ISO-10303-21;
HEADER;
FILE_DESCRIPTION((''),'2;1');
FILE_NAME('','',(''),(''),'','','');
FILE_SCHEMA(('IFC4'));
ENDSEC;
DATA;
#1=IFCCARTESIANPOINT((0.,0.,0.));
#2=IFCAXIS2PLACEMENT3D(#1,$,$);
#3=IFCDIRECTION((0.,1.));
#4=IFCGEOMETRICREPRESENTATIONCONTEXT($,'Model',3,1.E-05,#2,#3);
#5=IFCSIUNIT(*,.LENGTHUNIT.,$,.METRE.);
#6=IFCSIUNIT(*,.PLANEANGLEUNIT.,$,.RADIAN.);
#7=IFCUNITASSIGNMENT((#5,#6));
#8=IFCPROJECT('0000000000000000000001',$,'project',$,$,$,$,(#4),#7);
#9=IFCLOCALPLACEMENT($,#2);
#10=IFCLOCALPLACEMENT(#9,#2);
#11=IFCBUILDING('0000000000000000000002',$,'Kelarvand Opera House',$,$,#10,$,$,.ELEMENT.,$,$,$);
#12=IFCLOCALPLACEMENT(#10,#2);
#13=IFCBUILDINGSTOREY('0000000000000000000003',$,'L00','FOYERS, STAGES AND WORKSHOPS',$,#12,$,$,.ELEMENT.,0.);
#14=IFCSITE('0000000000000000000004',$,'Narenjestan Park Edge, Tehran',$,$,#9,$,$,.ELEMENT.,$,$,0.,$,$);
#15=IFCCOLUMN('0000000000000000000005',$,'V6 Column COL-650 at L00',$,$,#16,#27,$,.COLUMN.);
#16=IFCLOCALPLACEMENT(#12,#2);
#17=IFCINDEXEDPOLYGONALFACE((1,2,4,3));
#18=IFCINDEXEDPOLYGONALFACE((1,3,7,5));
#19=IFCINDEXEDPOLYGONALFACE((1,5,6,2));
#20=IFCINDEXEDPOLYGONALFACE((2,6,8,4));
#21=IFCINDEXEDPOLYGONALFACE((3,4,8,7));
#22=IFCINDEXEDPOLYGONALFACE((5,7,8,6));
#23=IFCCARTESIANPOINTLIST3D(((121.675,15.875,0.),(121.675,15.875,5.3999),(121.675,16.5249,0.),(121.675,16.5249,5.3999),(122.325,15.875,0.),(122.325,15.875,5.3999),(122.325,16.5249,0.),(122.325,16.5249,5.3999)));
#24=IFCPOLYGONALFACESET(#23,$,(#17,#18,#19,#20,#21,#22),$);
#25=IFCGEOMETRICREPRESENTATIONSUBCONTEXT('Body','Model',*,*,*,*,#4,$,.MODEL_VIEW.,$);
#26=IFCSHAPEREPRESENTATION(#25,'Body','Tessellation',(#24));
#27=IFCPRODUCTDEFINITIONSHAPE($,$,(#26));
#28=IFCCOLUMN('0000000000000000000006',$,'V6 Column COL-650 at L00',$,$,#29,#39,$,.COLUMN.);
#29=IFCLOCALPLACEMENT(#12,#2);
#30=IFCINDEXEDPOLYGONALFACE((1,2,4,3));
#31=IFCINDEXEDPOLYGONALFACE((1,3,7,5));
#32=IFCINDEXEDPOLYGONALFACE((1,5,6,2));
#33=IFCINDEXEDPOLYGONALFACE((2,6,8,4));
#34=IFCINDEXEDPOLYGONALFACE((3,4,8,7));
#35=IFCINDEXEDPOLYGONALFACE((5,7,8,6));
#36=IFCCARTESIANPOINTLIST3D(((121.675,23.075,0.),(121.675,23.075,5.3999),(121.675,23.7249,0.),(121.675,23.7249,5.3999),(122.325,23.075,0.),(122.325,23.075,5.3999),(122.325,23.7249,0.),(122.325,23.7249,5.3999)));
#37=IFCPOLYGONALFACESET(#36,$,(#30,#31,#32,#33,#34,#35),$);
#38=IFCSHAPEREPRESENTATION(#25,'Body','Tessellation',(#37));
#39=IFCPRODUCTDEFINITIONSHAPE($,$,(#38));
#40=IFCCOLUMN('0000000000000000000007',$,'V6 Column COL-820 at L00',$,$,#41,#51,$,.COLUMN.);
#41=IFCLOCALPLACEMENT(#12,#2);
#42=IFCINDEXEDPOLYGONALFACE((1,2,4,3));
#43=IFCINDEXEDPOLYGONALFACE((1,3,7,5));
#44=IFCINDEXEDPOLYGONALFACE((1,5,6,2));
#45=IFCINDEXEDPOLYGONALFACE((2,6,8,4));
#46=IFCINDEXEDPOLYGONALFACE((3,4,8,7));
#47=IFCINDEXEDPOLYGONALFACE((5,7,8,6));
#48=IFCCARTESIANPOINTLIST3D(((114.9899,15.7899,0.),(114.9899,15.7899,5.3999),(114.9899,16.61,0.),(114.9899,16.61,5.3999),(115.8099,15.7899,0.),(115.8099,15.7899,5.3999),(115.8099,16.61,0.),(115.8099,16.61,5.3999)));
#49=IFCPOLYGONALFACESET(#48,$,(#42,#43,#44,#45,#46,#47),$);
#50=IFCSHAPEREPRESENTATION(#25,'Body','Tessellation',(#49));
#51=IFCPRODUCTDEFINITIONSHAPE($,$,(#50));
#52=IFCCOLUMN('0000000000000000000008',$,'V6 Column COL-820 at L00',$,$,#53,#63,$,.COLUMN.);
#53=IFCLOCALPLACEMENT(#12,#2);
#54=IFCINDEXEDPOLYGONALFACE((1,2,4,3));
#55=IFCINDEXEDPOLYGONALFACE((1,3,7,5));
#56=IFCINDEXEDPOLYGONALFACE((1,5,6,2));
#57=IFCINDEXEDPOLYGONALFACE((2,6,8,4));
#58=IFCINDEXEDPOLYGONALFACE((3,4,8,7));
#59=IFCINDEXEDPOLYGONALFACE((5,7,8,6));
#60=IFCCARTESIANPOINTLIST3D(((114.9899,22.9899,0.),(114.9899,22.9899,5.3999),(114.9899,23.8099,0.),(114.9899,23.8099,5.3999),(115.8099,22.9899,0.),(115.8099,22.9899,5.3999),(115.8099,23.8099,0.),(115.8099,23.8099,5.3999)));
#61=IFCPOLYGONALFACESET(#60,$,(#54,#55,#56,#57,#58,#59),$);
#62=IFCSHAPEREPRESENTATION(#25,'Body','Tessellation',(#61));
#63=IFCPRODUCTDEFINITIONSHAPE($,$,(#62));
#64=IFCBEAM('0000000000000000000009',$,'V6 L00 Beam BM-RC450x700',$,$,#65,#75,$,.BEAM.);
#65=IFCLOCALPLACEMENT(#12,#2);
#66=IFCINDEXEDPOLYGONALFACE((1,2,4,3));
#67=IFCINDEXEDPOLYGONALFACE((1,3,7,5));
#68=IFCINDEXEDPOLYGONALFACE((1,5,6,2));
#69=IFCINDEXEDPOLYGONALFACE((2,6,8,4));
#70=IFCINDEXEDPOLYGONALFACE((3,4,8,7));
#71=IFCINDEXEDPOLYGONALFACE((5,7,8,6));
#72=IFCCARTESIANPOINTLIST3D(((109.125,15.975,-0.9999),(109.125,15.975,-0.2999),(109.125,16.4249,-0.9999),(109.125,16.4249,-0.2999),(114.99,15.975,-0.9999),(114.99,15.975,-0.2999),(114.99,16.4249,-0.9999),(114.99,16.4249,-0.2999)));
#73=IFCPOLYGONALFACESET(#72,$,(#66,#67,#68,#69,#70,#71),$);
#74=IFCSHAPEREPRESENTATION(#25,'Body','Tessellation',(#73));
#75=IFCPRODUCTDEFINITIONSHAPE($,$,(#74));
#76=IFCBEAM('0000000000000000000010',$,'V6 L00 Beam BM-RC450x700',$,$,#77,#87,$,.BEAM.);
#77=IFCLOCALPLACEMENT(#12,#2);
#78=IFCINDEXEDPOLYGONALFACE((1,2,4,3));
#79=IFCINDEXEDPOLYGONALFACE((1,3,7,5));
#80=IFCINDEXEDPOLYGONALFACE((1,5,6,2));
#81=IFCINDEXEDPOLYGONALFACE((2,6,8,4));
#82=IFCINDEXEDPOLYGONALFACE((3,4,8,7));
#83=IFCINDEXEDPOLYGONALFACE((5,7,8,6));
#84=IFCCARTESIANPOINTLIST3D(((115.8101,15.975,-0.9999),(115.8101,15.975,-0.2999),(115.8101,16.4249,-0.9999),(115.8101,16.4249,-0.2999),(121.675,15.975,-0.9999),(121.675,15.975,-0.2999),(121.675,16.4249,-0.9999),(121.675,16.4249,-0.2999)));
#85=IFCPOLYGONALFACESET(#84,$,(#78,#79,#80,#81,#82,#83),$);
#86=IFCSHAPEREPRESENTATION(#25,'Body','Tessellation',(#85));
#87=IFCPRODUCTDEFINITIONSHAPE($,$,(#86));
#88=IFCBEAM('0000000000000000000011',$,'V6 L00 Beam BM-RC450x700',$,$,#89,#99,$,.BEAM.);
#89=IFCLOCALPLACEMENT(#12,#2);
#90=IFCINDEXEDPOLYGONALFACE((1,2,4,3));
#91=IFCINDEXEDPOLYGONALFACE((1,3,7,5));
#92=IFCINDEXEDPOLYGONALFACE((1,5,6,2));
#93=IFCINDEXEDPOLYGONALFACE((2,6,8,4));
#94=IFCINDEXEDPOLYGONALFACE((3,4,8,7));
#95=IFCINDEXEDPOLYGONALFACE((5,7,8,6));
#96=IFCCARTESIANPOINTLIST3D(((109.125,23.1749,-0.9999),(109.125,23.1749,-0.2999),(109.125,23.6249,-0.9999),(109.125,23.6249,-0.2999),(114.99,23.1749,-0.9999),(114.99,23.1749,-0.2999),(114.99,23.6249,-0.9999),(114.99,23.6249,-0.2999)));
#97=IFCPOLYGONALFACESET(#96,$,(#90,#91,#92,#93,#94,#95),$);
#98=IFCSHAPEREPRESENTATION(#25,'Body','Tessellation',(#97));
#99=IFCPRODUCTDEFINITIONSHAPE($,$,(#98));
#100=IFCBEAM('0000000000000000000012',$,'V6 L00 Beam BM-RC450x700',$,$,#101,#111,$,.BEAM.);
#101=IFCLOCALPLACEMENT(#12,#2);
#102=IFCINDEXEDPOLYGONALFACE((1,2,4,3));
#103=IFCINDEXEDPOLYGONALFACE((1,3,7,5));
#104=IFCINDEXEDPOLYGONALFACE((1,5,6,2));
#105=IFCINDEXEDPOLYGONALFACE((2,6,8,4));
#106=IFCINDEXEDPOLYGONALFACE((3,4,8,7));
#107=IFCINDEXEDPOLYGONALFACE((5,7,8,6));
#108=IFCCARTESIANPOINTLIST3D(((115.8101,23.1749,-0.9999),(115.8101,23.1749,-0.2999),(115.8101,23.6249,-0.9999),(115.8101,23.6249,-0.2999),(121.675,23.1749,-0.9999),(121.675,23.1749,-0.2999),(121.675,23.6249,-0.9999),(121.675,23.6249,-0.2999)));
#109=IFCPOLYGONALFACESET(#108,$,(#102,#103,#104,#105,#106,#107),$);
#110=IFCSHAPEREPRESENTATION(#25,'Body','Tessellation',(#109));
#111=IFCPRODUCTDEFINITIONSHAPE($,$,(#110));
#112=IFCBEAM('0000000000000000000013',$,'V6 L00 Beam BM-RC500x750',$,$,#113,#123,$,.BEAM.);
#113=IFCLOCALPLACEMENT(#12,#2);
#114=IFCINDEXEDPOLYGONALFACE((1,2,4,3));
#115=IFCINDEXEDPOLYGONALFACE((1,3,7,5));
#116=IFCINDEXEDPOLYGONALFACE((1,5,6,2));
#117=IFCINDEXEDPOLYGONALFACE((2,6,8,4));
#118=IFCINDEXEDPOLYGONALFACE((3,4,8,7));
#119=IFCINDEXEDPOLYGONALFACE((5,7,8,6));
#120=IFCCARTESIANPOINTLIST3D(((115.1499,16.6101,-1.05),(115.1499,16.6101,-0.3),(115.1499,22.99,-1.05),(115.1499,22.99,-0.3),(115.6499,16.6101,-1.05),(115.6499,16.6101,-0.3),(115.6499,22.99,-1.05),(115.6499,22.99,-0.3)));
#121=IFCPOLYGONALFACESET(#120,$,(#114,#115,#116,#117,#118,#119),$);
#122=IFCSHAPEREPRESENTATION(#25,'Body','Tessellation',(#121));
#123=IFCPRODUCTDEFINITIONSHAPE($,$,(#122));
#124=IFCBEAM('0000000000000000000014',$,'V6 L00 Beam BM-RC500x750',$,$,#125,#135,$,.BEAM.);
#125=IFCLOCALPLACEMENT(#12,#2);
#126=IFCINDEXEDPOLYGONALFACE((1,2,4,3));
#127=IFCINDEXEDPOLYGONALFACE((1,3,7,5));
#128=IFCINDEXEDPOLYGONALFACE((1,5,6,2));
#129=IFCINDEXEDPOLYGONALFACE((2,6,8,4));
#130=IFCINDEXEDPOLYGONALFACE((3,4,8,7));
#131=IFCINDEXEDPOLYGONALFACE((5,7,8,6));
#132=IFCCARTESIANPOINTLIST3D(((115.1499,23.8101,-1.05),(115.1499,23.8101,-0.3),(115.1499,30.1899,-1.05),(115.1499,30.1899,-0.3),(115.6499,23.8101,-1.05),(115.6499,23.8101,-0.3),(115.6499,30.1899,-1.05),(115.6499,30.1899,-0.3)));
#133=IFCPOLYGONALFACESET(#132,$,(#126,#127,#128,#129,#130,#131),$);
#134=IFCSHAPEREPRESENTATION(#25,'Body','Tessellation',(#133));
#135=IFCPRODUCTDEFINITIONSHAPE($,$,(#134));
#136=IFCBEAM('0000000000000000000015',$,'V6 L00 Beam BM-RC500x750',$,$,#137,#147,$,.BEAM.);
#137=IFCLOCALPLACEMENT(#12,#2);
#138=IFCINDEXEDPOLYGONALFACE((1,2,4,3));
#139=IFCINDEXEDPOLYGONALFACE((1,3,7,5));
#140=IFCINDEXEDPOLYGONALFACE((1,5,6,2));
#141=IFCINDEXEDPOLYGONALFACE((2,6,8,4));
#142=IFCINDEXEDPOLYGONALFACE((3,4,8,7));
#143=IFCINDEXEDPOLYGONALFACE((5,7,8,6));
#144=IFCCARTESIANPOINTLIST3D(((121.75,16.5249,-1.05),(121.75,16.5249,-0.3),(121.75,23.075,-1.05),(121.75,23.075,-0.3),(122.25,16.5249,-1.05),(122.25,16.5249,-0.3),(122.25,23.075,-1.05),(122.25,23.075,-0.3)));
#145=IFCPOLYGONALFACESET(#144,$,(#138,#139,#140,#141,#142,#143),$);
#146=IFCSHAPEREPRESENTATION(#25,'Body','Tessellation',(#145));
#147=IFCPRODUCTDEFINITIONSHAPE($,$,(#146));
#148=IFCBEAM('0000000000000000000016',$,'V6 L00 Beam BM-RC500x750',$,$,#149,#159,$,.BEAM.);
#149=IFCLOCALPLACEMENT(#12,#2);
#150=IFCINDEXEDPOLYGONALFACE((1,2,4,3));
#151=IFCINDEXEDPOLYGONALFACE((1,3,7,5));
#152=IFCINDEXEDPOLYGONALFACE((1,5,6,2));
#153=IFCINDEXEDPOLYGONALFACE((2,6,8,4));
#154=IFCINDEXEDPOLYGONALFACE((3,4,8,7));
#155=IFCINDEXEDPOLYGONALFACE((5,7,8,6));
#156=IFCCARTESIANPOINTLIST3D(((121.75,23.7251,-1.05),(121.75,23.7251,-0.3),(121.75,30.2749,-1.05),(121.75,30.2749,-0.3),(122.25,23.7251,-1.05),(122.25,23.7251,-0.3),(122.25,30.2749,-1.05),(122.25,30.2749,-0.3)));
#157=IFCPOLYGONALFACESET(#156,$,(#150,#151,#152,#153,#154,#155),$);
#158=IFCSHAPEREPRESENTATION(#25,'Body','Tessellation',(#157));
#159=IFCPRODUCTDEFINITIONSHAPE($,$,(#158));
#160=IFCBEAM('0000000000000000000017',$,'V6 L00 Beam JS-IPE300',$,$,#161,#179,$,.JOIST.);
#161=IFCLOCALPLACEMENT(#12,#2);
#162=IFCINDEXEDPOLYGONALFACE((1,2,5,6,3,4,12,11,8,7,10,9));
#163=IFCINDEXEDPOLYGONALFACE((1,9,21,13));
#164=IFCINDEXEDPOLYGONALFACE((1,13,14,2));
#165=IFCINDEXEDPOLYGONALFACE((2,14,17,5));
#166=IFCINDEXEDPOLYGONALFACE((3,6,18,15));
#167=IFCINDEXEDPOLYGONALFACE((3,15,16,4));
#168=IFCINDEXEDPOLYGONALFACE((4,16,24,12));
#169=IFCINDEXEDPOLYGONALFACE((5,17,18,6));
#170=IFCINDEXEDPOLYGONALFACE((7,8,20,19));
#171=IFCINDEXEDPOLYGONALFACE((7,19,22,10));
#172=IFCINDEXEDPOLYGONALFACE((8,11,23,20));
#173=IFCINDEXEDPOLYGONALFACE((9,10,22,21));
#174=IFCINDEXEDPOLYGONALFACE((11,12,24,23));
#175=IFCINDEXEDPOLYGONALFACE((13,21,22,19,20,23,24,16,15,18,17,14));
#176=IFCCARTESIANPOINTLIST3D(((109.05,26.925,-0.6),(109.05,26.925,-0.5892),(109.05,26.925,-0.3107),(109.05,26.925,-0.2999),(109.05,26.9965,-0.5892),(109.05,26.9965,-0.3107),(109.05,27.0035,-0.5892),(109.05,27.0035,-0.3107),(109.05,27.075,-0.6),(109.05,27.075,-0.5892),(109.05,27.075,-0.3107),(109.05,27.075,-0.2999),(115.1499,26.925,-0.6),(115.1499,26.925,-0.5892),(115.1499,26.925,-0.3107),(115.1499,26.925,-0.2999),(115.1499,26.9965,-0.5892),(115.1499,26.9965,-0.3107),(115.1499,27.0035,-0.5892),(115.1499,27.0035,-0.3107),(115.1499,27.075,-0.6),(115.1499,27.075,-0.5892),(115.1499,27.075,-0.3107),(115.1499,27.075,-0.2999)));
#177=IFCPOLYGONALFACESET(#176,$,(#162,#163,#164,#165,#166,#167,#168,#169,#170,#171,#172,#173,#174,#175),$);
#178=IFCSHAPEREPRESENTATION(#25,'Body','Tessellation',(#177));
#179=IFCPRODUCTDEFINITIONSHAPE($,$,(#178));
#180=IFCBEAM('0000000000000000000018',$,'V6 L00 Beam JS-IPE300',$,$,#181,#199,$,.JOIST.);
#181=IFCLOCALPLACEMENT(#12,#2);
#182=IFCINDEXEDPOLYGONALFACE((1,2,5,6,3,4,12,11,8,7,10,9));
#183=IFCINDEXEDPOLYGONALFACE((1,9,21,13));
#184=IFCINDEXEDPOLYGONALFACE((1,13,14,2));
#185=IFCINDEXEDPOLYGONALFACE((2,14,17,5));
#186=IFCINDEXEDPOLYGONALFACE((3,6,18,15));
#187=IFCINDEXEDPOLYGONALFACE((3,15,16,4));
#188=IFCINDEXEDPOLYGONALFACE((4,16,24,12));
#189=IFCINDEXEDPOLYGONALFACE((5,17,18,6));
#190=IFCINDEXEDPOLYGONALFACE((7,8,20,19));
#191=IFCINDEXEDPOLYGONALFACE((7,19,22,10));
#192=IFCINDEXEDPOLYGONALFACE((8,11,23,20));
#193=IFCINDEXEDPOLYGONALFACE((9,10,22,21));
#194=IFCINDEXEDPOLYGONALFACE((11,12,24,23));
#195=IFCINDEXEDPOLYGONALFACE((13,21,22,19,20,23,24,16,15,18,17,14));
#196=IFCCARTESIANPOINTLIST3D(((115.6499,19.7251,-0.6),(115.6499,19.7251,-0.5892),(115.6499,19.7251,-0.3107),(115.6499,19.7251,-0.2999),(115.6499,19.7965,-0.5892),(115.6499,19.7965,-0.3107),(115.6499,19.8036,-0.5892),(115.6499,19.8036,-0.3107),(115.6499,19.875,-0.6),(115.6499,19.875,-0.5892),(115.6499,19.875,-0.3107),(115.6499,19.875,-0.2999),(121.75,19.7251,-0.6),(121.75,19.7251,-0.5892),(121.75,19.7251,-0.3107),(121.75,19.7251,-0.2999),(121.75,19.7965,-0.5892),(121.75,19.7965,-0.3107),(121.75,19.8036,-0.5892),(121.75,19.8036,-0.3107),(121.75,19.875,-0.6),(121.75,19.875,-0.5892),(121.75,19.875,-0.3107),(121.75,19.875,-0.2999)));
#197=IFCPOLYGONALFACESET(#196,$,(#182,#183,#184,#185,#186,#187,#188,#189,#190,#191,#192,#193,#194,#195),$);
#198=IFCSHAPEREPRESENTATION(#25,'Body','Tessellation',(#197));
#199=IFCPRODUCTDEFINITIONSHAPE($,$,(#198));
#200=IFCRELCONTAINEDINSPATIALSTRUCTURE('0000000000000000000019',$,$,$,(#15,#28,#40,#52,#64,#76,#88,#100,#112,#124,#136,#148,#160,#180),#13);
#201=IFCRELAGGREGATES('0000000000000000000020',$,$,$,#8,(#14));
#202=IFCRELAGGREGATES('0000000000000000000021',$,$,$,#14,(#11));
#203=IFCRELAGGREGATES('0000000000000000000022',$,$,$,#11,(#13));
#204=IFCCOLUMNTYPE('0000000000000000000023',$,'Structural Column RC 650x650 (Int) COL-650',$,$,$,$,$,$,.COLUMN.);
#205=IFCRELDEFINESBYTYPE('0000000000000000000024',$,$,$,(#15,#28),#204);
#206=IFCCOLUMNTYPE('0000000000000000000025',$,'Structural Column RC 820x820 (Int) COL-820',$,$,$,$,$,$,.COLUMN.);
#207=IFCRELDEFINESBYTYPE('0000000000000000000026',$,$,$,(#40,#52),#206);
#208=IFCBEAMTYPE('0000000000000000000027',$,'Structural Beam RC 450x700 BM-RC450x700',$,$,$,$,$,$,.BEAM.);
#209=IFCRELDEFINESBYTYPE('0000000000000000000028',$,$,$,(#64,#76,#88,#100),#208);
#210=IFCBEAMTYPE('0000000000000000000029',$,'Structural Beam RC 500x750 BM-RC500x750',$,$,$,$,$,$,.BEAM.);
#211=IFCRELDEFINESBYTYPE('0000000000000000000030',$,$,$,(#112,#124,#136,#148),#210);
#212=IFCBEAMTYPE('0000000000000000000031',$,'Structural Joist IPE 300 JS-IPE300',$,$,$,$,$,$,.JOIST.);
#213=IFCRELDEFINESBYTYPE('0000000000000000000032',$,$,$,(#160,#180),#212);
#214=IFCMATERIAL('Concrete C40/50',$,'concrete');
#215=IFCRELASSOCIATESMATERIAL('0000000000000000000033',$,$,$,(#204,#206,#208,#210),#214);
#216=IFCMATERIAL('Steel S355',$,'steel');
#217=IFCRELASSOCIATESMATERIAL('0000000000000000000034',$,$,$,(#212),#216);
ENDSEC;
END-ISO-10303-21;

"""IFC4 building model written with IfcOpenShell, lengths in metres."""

from ifc_helpers import new_model, si_unit, direction, frame, origin, origin_2d, place, context, subcontext, project, spatial, rectangle, i_section, extrude, material, material_profile, profile_set, type_object, element, save


model = new_model("IFC4")

# Units and contexts
model_context = context("Model", 3, precision=1e-05, world=origin(), true_north=direction((0.0, 1.0)))
body_context = subcontext(model_context, "Body", "Model", "MODEL_VIEW")
ifc_project = project(units=[si_unit("LENGTHUNIT", "METRE"), si_unit("PLANEANGLEUNIT", "RADIAN")], contexts=[model_context])

# Site, building, storey
site_placement = place(None, origin())
site = spatial("IfcSite", under=ifc_project, at=site_placement, Name="Narenjestan Park Edge, Tehran", CompositionType="ELEMENT", RefElevation=0.0)
building_placement = place(site_placement, origin())
building = spatial("IfcBuilding", under=site, at=building_placement, Name="Kelarvand Opera House", CompositionType="ELEMENT")
storey_placement = place(building_placement, origin())
storey = spatial("IfcBuildingStorey", under=building, at=storey_placement, Name="L00", Description="FOYERS, STAGES AND WORKSHOPS", CompositionType="ELEMENT", Elevation=0.0)

# Columns
ifc_material_1 = material(Name="Concrete C40/50", Category="concrete")
ifc_material_profile_1 = material_profile(ifc_material_1, rectangle(XDim=0.6499, YDim=0.6499, at=origin_2d()), Name="RC 650x650", Category="concrete")
ifc_profile_set_1 = profile_set([ifc_material_profile_1], Name="Concrete C40/50")
column_type_1 = type_object("IfcColumnType", Name="Structural Column RC 650x650 (Int) COL-650", PredefinedType="COLUMN", material=ifc_profile_set_1)
for number, where, z_axis, x_axis, name in (
    (1, (122.0, 16.2, 0.0), (0.0, 0.0, 1.0), (1.0, 0.0, 0.0), "V6 Column COL-650 at L00"),
    (2, (122.0, 23.3999, 0.0), (0.0, 0.0, 1.0), (1.0, 0.0, 0.0), "V6 Column COL-650 at L00"),
):
    element("IfcColumn", number, at=place(storey_placement, frame(where, z_axis=z_axis, x_axis=x_axis)), inside=storey, type_object=column_type_1, Name=name, PredefinedType="COLUMN", context=body_context, shape_type="SweptSolid", body=[
        extrude(rectangle(XDim=0.6499, YDim=0.6499, at=origin_2d()), origin(), (0.0, 0.0, 1.0), 5.3999),
    ])
ifc_material_profile_2 = material_profile(ifc_material_1, rectangle(XDim=0.8201, YDim=0.8201, at=origin_2d()), Name="RC 820x820", Category="concrete")
ifc_profile_set_2 = profile_set([ifc_material_profile_2], Name="Concrete C40/50")
column_type_2 = type_object("IfcColumnType", Name="Structural Column RC 820x820 (Int) COL-820", PredefinedType="COLUMN", material=ifc_profile_set_2)
for number, where, z_axis, x_axis, name in (
    (3, (115.3999, 16.2, 0.0), (0.0, 0.0, 1.0), (1.0, 0.0, 0.0), "V6 Column COL-820 at L00"),
    (4, (115.3999, 23.3999, 0.0), (0.0, 0.0, 1.0), (1.0, 0.0, 0.0), "V6 Column COL-820 at L00"),
):
    element("IfcColumn", number, at=place(storey_placement, frame(where, z_axis=z_axis, x_axis=x_axis)), inside=storey, type_object=column_type_2, Name=name, PredefinedType="COLUMN", context=body_context, shape_type="SweptSolid", body=[
        extrude(rectangle(XDim=0.8201, YDim=0.8201, at=origin_2d()), origin(), (0.0, 0.0, 1.0), 5.3999),
    ])

# Beams
ifc_material_profile_3 = material_profile(ifc_material_1, rectangle(XDim=0.45, YDim=0.7, at=origin_2d()), Name="RC 450x700", Category="concrete")
ifc_profile_set_3 = profile_set([ifc_material_profile_3], Name="Concrete C40/50")
beam_type_1 = type_object("IfcBeamType", Name="Structural Beam RC 450x700 BM-RC450x700", PredefinedType="BEAM", material=ifc_profile_set_3)
for number, where, z_axis, x_axis, name in (
    (5, (109.125, 16.2, -0.6499), (1.0, 0.0, 0.0), (0.0, 1.0, 0.0), "V6 L00 Beam BM-RC450x700"),
    (6, (115.8101, 16.2, -0.6499), (1.0, 0.0, 0.0), (0.0, 1.0, 0.0), "V6 L00 Beam BM-RC450x700"),
    (7, (109.125, 23.3999, -0.6499), (1.0, 0.0, 0.0), (0.0, 1.0, 0.0), "V6 L00 Beam BM-RC450x700"),
    (8, (115.8101, 23.3999, -0.6499), (1.0, 0.0, 0.0), (0.0, 1.0, 0.0), "V6 L00 Beam BM-RC450x700"),
):
    element("IfcBeam", number, at=place(storey_placement, frame(where, z_axis=z_axis, x_axis=x_axis)), inside=storey, type_object=beam_type_1, Name=name, PredefinedType="BEAM", context=body_context, shape_type="SweptSolid", body=[
        extrude(rectangle(XDim=0.45, YDim=0.7, at=origin_2d()), origin(), (0.0, 0.0, 1.0), 5.865),
    ])
ifc_material_profile_4 = material_profile(ifc_material_1, rectangle(XDim=0.5, YDim=0.75, at=origin_2d()), Name="RC 500x750", Category="concrete")
ifc_profile_set_4 = profile_set([ifc_material_profile_4], Name="Concrete C40/50")
beam_type_2 = type_object("IfcBeamType", Name="Structural Beam RC 500x750 BM-RC500x750", PredefinedType="BEAM", material=ifc_profile_set_4)
for number, where, z_axis, x_axis, name in (
    (9, (115.3999, 16.6101, -0.675), (0.0, 1.0, 0.0), (-1.0, 0.0, 0.0), "V6 L00 Beam BM-RC500x750"),
    (10, (115.3999, 23.8101, -0.675), (0.0, 1.0, 0.0), (-1.0, 0.0, 0.0), "V6 L00 Beam BM-RC500x750"),
):
    element("IfcBeam", number, at=place(storey_placement, frame(where, z_axis=z_axis, x_axis=x_axis)), inside=storey, type_object=beam_type_2, Name=name, PredefinedType="BEAM", context=body_context, shape_type="SweptSolid", body=[
        extrude(rectangle(XDim=0.5, YDim=0.75, at=origin_2d()), origin(), (0.0, 0.0, 1.0), 6.3799),
    ])
beam_1_placement = place(storey_placement, frame((122.0, 16.5249, -0.675), z_axis=(0.0, 1.0, 0.0), x_axis=(-1.0, 0.0, 0.0)))
element("IfcBeam", 11, at=beam_1_placement, inside=storey, type_object=beam_type_2, Name="V6 L00 Beam BM-RC500x750", PredefinedType="BEAM", context=body_context, shape_type="SweptSolid", body=[
    extrude(rectangle(XDim=0.5, YDim=0.75, at=origin_2d()), origin(), (0.0, 0.0, 1.0), 6.55),
])
beam_2_placement = place(storey_placement, frame((122.0, 23.7251, -0.675), z_axis=(0.0, 1.0, 0.0), x_axis=(-1.0, 0.0, 0.0)))
element("IfcBeam", 12, at=beam_2_placement, inside=storey, type_object=beam_type_2, Name="V6 L00 Beam BM-RC500x750", PredefinedType="BEAM", context=body_context, shape_type="SweptSolid", body=[
    extrude(rectangle(XDim=0.5, YDim=0.75, at=origin_2d()), origin(), (0.0, 0.0, 1.0), 6.5498),
])
ifc_material_2 = material(Name="Steel S355", Category="steel")
ifc_material_profile_5 = material_profile(ifc_material_2, i_section(OverallWidth=0.1499, OverallDepth=0.3, WebThickness=0.0071, FlangeThickness=0.0107, at=origin_2d()), Name="IPE 300", Category="steel")
ifc_profile_set_5 = profile_set([ifc_material_profile_5], Name="Steel S355")
beam_type_3 = type_object("IfcBeamType", Name="Structural Joist IPE 300 JS-IPE300", PredefinedType="JOIST", material=ifc_profile_set_5)
beam_3_placement = place(storey_placement, frame((109.05, 27.0, -0.45), z_axis=(1.0, 0.0, 0.0), x_axis=(0.0, 1.0, 0.0)))
element("IfcBeam", 13, at=beam_3_placement, inside=storey, type_object=beam_type_3, Name="V6 L00 Beam JS-IPE300", PredefinedType="JOIST", context=body_context, shape_type="SweptSolid", body=[
    extrude(i_section(OverallWidth=0.1499, OverallDepth=0.3, WebThickness=0.0071, FlangeThickness=0.0107, at=origin_2d()), origin(), (0.0, 0.0, 1.0), 6.0999),
])
beam_4_placement = place(storey_placement, frame((115.6499, 19.8, -0.45), z_axis=(1.0, 0.0, 0.0), x_axis=(0.0, 1.0, 0.0)))
element("IfcBeam", 14, at=beam_4_placement, inside=storey, type_object=beam_type_3, Name="V6 L00 Beam JS-IPE300", PredefinedType="JOIST", context=body_context, shape_type="SweptSolid", body=[
    extrude(i_section(OverallWidth=0.1499, OverallDepth=0.3, WebThickness=0.0071, FlangeThickness=0.0107, at=origin_2d()), origin(), (0.0, 0.0, 1.0), 6.1001),
])

save(model, "model.ifc")
